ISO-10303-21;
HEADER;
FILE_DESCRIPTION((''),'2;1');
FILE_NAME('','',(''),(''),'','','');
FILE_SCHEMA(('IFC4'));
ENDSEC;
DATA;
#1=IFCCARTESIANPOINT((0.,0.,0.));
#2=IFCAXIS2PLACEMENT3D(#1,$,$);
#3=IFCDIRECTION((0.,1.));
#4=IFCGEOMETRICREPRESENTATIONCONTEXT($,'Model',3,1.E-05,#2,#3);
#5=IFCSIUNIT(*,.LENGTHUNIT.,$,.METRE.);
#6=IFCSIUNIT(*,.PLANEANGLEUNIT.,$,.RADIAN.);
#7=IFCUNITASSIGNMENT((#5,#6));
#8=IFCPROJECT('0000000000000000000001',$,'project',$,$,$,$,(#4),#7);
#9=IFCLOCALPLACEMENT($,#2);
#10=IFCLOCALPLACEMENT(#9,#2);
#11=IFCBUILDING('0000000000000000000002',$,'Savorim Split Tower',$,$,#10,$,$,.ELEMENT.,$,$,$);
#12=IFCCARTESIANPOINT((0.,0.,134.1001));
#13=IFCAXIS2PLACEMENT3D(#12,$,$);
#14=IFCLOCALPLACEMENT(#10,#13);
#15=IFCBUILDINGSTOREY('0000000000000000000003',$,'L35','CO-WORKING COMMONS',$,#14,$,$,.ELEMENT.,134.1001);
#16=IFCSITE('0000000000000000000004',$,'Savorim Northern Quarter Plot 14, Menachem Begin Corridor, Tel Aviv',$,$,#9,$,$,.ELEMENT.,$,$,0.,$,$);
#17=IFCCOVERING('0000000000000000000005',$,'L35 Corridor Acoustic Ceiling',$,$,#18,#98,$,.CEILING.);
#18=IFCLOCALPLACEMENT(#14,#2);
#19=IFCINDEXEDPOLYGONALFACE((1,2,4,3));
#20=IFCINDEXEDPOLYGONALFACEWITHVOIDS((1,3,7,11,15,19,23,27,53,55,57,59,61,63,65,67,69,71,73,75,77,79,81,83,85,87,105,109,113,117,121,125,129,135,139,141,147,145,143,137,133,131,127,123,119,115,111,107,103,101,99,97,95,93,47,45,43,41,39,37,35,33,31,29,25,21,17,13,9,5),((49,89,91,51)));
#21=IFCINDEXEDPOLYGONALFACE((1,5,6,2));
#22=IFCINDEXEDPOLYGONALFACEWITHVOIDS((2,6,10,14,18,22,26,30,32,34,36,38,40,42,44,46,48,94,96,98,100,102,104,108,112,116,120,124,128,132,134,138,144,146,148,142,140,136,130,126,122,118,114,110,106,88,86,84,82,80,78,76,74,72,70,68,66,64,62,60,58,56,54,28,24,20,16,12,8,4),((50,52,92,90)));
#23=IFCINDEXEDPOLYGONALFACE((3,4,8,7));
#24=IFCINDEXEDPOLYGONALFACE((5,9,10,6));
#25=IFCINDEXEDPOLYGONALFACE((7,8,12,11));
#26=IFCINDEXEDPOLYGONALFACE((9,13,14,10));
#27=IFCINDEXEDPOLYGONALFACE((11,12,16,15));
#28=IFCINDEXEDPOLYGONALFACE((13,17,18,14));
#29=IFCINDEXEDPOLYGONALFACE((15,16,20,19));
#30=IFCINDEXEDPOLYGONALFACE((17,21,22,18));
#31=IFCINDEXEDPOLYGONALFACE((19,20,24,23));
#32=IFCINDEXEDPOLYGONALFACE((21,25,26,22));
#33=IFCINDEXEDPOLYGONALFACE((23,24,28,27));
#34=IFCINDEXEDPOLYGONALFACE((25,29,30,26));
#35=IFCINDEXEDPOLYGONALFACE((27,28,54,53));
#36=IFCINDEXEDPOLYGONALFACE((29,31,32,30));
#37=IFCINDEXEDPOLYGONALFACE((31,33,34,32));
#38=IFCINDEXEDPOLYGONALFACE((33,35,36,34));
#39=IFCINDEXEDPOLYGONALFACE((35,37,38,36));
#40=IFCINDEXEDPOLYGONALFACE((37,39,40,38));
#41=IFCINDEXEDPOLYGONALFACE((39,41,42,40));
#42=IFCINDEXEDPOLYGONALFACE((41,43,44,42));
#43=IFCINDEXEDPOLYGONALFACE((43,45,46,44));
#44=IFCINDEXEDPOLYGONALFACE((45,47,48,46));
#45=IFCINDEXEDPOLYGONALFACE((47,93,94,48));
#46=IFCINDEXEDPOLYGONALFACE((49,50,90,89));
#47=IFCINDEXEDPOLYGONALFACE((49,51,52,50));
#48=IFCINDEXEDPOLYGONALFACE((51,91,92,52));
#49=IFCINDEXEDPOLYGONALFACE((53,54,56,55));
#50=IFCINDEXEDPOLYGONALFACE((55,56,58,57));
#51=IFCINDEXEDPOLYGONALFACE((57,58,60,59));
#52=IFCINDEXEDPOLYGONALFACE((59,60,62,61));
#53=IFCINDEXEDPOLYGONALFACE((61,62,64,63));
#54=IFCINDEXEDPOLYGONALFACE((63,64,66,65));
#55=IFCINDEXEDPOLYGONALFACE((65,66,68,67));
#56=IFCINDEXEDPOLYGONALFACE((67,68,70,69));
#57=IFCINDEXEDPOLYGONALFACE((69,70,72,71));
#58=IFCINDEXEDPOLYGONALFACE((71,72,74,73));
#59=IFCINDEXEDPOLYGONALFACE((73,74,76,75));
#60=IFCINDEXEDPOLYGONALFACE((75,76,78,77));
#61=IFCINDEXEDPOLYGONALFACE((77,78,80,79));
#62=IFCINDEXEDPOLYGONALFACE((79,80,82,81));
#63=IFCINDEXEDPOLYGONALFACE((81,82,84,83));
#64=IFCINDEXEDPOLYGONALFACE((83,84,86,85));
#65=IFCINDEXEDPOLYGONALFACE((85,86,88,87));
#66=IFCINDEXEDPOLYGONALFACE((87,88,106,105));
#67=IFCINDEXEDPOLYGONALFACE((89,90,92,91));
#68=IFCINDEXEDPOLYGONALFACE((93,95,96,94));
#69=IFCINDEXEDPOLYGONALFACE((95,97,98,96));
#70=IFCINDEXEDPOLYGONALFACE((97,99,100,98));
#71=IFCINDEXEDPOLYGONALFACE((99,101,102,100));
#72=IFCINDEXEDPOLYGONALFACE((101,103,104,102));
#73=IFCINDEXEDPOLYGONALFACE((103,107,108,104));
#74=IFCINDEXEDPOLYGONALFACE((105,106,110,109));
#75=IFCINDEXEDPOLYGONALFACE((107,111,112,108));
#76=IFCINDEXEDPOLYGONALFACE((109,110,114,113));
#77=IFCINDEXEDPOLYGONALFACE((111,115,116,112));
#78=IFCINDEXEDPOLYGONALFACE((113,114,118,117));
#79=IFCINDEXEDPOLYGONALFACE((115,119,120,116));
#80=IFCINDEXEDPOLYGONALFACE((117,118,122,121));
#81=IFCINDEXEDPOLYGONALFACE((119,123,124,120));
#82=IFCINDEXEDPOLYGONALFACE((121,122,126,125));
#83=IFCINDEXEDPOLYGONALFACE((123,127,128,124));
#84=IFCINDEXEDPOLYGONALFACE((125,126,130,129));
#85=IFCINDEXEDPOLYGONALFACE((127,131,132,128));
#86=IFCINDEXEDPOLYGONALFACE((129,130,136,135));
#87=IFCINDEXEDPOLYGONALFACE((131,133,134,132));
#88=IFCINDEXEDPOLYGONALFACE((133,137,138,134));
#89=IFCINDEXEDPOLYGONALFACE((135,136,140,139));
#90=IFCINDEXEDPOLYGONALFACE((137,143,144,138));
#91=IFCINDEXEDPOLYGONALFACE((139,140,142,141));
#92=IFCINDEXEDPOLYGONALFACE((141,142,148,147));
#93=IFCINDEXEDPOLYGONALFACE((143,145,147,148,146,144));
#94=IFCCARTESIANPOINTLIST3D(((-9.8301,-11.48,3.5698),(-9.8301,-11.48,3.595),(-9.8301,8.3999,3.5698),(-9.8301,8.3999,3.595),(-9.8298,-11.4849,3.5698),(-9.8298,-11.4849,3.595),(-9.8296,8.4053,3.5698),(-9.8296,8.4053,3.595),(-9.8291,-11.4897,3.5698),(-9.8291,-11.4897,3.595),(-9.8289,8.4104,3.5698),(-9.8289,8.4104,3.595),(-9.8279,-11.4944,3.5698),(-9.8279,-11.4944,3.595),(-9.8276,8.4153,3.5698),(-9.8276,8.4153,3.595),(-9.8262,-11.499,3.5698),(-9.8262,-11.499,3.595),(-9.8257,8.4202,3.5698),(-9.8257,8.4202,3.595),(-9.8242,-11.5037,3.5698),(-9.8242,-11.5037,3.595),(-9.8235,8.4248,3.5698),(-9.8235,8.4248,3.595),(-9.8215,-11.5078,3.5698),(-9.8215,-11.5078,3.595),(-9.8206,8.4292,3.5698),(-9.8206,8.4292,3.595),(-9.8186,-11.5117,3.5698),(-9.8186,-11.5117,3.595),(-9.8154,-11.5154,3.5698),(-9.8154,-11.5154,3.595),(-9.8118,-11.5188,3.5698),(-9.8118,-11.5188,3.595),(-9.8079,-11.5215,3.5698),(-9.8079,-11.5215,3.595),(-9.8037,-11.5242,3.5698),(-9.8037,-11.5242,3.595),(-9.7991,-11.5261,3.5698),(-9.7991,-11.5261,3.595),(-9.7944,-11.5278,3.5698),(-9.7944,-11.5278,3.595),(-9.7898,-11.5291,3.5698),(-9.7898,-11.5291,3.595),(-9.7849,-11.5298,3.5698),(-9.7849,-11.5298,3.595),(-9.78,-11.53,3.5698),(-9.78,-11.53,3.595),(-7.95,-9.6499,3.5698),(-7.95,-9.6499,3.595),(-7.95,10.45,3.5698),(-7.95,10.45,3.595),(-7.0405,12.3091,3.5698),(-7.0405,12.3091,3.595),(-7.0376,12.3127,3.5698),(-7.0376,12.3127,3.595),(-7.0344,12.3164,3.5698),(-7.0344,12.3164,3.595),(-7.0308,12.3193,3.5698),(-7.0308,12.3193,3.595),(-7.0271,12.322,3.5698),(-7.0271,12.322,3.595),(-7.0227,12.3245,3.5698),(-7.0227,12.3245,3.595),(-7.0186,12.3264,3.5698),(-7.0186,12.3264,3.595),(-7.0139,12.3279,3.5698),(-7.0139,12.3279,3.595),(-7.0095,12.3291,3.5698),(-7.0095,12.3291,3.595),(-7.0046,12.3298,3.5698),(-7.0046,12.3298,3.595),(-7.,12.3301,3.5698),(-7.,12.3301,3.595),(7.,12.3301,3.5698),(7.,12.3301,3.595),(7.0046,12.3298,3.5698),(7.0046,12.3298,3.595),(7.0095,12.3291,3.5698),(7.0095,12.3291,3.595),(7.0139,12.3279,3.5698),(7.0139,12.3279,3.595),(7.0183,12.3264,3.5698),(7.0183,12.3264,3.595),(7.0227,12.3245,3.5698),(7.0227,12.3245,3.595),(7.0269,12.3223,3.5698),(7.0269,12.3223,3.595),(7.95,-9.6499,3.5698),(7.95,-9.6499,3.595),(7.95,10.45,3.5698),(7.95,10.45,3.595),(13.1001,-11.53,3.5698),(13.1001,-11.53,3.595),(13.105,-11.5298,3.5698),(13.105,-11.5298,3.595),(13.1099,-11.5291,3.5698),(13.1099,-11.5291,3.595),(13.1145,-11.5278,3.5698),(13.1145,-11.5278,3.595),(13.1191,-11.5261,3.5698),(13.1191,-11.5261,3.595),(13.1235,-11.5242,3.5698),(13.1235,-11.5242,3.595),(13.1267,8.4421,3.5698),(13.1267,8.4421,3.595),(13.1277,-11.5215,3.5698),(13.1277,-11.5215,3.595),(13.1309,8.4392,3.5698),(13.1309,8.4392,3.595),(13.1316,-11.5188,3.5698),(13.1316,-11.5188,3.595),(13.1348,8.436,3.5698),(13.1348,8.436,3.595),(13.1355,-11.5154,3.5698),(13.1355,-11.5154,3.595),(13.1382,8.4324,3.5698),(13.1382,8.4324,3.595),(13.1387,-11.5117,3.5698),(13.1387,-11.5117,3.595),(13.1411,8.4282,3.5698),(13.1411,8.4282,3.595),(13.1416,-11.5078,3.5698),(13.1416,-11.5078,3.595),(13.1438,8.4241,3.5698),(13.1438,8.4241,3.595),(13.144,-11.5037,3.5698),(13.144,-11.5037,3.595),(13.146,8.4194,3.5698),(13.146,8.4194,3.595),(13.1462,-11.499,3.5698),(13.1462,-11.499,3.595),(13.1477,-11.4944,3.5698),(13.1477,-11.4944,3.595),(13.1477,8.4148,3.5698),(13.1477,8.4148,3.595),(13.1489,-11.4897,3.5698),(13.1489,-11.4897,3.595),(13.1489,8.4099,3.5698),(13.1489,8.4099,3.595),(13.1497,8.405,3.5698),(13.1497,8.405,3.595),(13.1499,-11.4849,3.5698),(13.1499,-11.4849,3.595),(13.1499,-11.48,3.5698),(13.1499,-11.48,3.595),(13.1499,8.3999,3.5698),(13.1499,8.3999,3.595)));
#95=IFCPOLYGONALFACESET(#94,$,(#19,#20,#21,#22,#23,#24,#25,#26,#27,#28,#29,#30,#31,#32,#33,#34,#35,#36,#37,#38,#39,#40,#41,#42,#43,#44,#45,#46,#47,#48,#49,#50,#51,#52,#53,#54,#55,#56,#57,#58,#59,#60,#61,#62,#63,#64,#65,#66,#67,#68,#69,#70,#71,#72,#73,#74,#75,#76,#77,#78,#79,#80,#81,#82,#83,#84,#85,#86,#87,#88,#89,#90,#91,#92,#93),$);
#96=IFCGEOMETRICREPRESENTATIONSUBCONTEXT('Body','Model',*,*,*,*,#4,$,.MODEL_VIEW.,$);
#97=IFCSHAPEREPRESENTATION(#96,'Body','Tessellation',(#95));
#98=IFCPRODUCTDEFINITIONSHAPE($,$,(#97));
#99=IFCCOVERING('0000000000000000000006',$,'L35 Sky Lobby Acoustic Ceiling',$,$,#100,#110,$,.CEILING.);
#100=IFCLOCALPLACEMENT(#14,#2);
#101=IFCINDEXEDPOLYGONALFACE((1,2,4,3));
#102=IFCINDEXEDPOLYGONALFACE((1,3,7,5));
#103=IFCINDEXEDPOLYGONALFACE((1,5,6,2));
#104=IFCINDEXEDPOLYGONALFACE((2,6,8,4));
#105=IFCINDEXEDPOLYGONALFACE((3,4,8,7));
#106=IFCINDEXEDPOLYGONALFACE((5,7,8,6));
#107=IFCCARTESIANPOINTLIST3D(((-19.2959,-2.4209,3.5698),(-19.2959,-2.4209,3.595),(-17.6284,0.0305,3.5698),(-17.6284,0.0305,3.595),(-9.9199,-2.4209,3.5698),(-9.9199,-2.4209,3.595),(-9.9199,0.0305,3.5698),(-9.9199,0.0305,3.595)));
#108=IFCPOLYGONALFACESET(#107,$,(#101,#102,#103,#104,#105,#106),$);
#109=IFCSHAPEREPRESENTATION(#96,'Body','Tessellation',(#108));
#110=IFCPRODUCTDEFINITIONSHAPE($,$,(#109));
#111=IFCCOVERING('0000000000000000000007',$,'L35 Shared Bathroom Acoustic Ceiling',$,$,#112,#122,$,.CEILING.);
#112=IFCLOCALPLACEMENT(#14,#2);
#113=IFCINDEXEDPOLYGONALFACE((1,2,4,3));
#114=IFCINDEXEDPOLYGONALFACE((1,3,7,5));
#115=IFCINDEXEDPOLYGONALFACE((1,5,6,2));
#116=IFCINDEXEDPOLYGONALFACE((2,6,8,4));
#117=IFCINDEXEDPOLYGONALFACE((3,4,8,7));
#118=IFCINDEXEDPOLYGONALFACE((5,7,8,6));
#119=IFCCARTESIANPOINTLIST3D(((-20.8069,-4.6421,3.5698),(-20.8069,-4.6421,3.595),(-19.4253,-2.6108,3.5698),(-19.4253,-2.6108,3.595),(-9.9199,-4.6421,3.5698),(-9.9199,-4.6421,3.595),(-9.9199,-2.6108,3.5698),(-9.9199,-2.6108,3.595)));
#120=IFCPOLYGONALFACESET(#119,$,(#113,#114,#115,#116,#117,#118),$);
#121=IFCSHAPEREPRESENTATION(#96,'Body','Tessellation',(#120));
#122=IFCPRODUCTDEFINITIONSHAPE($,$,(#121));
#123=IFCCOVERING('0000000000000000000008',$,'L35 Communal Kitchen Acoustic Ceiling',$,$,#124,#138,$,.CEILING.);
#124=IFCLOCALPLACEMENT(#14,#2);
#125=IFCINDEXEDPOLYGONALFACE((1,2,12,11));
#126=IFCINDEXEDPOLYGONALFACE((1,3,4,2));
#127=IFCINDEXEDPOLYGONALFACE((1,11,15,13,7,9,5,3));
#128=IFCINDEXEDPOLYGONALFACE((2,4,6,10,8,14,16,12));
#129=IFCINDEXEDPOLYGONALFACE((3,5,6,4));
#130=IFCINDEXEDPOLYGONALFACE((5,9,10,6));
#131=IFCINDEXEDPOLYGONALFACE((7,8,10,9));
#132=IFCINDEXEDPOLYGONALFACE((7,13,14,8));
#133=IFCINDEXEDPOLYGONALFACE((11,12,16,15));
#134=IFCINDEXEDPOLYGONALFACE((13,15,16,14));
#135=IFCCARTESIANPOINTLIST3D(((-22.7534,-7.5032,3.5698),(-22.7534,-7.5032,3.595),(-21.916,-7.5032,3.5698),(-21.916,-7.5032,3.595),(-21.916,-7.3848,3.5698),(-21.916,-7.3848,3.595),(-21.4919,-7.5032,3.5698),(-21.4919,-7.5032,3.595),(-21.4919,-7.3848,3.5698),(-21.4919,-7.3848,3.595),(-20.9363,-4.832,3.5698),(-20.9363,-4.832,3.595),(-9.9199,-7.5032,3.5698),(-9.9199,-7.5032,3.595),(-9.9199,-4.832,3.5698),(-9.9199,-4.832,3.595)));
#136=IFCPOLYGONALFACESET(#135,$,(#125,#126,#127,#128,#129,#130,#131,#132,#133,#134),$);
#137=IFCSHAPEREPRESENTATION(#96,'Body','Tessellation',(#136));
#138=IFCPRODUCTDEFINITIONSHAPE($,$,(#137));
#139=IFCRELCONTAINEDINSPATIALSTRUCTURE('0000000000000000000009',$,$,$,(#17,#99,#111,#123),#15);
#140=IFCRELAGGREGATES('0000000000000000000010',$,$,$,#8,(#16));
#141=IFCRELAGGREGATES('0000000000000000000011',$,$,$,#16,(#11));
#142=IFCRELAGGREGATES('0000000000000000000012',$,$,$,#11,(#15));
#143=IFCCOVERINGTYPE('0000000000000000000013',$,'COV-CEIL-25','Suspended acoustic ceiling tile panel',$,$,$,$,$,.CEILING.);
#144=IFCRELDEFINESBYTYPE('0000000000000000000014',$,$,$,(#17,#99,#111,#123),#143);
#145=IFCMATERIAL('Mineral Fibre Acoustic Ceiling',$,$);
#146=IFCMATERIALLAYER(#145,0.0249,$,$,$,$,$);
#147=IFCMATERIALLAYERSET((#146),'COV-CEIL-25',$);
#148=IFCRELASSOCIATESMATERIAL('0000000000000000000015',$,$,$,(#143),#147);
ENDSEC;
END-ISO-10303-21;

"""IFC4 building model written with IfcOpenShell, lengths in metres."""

from ifc_helpers import new_model, si_unit, direction, frame, origin, place, context, subcontext, project, spatial, polyline, outline, extrude, material, layer, layer_set, type_object, element, save


model = new_model("IFC4")

# Units and contexts
model_context = context("Model", 3, precision=1e-05, world=origin(), true_north=direction((0.0, 1.0)))
body_context = subcontext(model_context, "Body", "Model", "MODEL_VIEW")
ifc_project = project(units=[si_unit("LENGTHUNIT", "METRE"), si_unit("PLANEANGLEUNIT", "RADIAN")], contexts=[model_context])

# Site, building, storey
site_placement = place(None, origin())
site = spatial("IfcSite", under=ifc_project, at=site_placement, Name="Savorim Northern Quarter Plot 14, Menachem Begin Corridor, Tel Aviv", CompositionType="ELEMENT", RefElevation=0.0)
building_placement = place(site_placement, origin())
building = spatial("IfcBuilding", under=site, at=building_placement, Name="Savorim Split Tower", CompositionType="ELEMENT")
storey_placement = place(building_placement, frame((0.0, 0.0, 134.1001)))
storey = spatial("IfcBuildingStorey", under=building, at=storey_placement, Name="L35", Description="CO-WORKING COMMONS", CompositionType="ELEMENT", Elevation=134.1001)

# Coverings
ifc_material_1 = material(Name="Mineral Fibre Acoustic Ceiling")
ifc_layer_1 = layer(ifc_material_1, 0.0249)
ifc_layer_set_1 = layer_set([ifc_layer_1], Name="COV-CEIL-25")
covering_type_1 = type_object("IfcCoveringType", Name="COV-CEIL-25", Description="Suspended acoustic ceiling tile panel", PredefinedType="CEILING", material=ifc_layer_set_1)
covering_1_placement = place(storey_placement, frame((0.0, 0.0, 3.5698)))
element("IfcCovering", 1, at=covering_1_placement, inside=storey, type_object=covering_type_1, Name="L35 Corridor Acoustic Ceiling", PredefinedType="CEILING", context=body_context, shape_type="SweptSolid", body=[
    extrude(outline(polyline([(7.0095, 12.3291), (7.0046, 12.3298), (7.0, 12.3301), (-7.0, 12.3301), (-7.0046, 12.3298), (-7.0095, 12.3291), (-7.0139, 12.3279), (-7.0186, 12.3264), (-7.0227, 12.3245), (-7.0271, 12.322), (-7.0308, 12.3193), (-7.0344, 12.3164), (-7.0376, 12.3127), (-7.0405, 12.3091), (-9.8206, 8.4292), (-9.8235, 8.4248), (-9.8257, 8.4202), (-9.8276, 8.4153), (-9.8289, 8.4104), (-9.8296, 8.4053), (-9.8301, 8.3999), (-9.8301, -11.48), (-9.8298, -11.4849), (-9.8291, -11.4897), (-9.8279, -11.4944), (-9.8262, -11.499), (-9.8242, -11.5037), (-9.8215, -11.5078), (-9.8186, -11.5117), (-9.8154, -11.5154), (-9.8118, -11.5188), (-9.8079, -11.5215), (-9.8037, -11.5242), (-9.7991, -11.5261), (-9.7944, -11.5278), (-9.7898, -11.5291), (-9.7849, -11.5298), (-9.78, -11.53), (13.1001, -11.53), (13.105, -11.5298), (13.1099, -11.5291), (13.1145, -11.5278), (13.1191, -11.5261), (13.1235, -11.5242), (13.1277, -11.5215), (13.1316, -11.5188), (13.1355, -11.5154), (13.1387, -11.5117), (13.1416, -11.5078), (13.144, -11.5037), (13.1462, -11.499), (13.1477, -11.4944), (13.1489, -11.4897), (13.1499, -11.4849), (13.1499, -11.48), (13.1499, 8.3999), (13.1497, 8.405), (13.1489, 8.4099), (13.1477, 8.4148), (13.146, 8.4194), (13.1438, 8.4241), (13.1411, 8.4282), (13.1382, 8.4324), (13.1348, 8.436), (13.1309, 8.4392), (13.1267, 8.4421), (7.0269, 12.3223), (7.0227, 12.3245), (7.0183, 12.3264), (7.0139, 12.3279), (7.0095, 12.3291)]), holes=[polyline([(-7.95, 10.45), (-7.95, -9.6499), (7.95, -9.6499), (7.95, 10.45), (-7.95, 10.45)])]), origin(), (0.0, 0.0, 1.0), 0.0251),
])
covering_2_placement = place(storey_placement, frame((0.0, 0.0, 3.5698)))
element("IfcCovering", 2, at=covering_2_placement, inside=storey, type_object=covering_type_1, Name="L35 Sky Lobby Acoustic Ceiling", PredefinedType="CEILING", context=body_context, shape_type="SweptSolid", body=[
    extrude(outline(polyline([(-17.6284, 0.0305), (-19.2959, -2.4209), (-9.9199, -2.4209), (-9.9199, 0.0305), (-17.6284, 0.0305)])), origin(), (0.0, 0.0, 1.0), 0.0251),
])
covering_3_placement = place(storey_placement, frame((0.0, 0.0, 3.5698)))
element("IfcCovering", 3, at=covering_3_placement, inside=storey, type_object=covering_type_1, Name="L35 Shared Bathroom Acoustic Ceiling", PredefinedType="CEILING", context=body_context, shape_type="SweptSolid", body=[
    extrude(outline(polyline([(-19.4253, -2.6108), (-20.8069, -4.6421), (-9.9199, -4.6421), (-9.9199, -2.6108), (-19.4253, -2.6108)])), origin(), (0.0, 0.0, 1.0), 0.0251),
])
covering_4_placement = place(storey_placement, frame((0.0, 0.0, 3.5698)))
element("IfcCovering", 4, at=covering_4_placement, inside=storey, type_object=covering_type_1, Name="L35 Communal Kitchen Acoustic Ceiling", PredefinedType="CEILING", context=body_context, shape_type="SweptSolid", body=[
    extrude(outline(polyline([(-21.4919, -7.3848), (-21.4919, -7.5032), (-9.9199, -7.5032), (-9.9199, -4.832), (-20.9363, -4.832), (-22.7534, -7.5032), (-21.916, -7.5032), (-21.916, -7.3848), (-21.4919, -7.3848)])), origin(), (0.0, 0.0, 1.0), 0.0251),
])

save(model, "model.ifc")
